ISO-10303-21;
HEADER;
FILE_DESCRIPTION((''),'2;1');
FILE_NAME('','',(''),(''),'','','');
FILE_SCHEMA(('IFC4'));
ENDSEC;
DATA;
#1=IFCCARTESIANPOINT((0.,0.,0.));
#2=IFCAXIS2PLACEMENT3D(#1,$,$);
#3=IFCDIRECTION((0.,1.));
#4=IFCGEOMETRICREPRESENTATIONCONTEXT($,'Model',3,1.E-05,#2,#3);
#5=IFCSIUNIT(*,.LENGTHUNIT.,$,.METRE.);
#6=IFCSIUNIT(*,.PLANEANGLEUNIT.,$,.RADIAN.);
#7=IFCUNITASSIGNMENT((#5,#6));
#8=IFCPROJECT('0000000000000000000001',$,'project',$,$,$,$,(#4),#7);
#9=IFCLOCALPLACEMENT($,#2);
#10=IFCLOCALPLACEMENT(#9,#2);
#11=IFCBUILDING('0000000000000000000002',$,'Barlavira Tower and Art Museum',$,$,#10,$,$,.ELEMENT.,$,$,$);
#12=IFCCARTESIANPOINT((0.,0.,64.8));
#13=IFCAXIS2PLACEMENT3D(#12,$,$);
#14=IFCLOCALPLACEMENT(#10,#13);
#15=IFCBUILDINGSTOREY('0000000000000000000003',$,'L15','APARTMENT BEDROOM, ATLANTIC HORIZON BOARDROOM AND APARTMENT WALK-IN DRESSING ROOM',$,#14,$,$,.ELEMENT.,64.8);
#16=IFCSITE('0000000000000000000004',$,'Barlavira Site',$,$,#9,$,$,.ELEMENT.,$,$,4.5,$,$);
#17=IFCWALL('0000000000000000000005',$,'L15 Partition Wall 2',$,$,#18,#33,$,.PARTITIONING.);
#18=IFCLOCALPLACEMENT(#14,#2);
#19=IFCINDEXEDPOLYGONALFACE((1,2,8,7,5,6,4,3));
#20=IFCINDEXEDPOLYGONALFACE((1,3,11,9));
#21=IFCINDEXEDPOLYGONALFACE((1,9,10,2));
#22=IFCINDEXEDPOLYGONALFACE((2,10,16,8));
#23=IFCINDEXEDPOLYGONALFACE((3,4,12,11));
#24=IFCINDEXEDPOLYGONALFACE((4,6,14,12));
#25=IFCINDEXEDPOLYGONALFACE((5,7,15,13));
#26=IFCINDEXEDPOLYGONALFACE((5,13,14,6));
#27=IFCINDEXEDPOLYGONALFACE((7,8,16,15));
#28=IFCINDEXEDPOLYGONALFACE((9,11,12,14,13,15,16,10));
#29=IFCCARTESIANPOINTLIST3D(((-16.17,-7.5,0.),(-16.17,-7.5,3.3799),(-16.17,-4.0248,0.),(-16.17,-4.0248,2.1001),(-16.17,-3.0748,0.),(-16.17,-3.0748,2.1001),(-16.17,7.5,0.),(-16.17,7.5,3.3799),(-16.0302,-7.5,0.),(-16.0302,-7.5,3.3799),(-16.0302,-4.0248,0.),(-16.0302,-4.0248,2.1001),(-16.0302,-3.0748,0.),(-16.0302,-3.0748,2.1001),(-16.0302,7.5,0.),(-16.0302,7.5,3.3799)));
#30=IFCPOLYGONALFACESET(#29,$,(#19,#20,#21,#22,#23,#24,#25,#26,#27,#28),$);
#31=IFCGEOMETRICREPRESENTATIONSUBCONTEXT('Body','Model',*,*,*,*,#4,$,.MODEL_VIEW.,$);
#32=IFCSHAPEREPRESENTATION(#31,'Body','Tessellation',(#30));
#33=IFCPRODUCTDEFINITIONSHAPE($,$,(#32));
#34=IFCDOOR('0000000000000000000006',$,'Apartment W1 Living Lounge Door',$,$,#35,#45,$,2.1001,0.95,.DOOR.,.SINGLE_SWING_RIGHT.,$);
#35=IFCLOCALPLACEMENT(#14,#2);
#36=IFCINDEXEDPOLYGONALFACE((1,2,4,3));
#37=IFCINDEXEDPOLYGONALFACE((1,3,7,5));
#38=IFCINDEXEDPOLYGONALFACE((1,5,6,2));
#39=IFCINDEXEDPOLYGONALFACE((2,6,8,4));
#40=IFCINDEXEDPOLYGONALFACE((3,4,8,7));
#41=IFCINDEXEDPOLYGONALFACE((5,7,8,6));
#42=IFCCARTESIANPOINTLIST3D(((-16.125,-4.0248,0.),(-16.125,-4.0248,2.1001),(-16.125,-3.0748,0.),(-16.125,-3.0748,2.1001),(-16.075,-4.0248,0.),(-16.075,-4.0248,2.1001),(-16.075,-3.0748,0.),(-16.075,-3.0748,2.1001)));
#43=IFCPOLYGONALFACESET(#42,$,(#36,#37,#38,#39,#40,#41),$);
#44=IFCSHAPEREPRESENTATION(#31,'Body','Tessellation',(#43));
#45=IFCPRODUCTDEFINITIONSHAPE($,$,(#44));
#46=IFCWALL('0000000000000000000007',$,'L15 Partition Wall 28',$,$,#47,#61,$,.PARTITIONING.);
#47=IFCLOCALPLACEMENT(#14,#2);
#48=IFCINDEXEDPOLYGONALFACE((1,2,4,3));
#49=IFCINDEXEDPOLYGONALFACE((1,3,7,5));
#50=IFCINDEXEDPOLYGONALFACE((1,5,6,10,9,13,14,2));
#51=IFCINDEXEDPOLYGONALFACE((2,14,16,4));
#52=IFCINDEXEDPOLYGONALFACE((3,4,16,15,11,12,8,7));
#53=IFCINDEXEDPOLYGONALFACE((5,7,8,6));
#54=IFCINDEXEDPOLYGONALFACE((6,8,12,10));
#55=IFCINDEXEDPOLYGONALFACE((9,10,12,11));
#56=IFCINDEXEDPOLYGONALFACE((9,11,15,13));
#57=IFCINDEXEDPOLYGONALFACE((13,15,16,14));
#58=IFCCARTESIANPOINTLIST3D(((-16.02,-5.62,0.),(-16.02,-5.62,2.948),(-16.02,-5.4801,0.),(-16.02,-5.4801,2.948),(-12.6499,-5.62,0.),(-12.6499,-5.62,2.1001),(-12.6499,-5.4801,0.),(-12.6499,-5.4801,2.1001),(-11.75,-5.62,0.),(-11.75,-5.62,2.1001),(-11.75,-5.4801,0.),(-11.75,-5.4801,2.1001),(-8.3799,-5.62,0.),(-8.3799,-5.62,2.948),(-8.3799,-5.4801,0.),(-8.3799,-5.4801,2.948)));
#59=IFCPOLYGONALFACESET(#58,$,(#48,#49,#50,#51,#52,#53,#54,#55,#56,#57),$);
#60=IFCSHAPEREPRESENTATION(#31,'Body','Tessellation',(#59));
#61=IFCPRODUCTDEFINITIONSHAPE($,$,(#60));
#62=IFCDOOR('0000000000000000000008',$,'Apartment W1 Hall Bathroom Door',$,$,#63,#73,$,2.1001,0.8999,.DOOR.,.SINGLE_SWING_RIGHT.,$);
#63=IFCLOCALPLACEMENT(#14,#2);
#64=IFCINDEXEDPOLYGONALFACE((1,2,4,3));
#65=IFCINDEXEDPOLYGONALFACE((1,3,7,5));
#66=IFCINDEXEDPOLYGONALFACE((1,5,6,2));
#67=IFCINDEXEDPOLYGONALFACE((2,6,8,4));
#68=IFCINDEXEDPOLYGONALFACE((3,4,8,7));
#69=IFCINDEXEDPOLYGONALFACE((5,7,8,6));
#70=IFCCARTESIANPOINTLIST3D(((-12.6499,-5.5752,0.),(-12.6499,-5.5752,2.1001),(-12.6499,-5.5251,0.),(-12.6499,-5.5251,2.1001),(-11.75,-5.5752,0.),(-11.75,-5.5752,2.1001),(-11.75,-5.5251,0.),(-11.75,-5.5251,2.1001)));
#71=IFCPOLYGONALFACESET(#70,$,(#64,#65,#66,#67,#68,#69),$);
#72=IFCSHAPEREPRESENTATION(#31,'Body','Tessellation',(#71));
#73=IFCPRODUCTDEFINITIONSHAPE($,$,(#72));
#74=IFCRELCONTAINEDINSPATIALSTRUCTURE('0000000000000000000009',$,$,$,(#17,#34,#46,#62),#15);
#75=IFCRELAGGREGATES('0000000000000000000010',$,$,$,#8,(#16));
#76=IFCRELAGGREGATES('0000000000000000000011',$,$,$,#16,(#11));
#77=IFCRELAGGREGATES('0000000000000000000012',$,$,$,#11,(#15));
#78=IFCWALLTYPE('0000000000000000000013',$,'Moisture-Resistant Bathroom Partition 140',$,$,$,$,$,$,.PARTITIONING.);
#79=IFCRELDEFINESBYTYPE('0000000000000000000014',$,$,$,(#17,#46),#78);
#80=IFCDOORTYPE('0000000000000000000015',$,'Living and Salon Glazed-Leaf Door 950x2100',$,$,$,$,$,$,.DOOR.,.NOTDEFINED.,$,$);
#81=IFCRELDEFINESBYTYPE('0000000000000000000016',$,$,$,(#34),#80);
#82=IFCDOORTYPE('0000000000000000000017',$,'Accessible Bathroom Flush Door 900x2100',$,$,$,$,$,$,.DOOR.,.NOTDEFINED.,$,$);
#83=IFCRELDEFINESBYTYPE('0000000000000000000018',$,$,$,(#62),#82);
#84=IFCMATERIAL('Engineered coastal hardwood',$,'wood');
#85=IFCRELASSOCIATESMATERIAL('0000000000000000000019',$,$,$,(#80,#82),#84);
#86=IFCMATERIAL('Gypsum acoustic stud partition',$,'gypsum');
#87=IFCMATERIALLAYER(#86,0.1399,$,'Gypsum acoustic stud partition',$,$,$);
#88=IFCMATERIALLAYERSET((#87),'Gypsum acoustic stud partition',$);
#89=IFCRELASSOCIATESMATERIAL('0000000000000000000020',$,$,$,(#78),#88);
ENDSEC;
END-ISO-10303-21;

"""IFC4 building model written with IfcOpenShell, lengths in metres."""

from ifc_helpers import new_model, si_unit, direction, frame, frame_2d, origin, place, context, subcontext, project, spatial, rectangle, extrude, material, layer, layer_set, type_object, element, fill, save


model = new_model("IFC4")

# Units and contexts
model_context = context("Model", 3, precision=1e-05, world=origin(), true_north=direction((0.0, 1.0)))
body_context = subcontext(model_context, "Body", "Model", "MODEL_VIEW")
ifc_project = project(units=[si_unit("LENGTHUNIT", "METRE"), si_unit("PLANEANGLEUNIT", "RADIAN")], contexts=[model_context])

# Site, building, storey
site_placement = place(None, origin())
site = spatial("IfcSite", under=ifc_project, at=site_placement, Name="Barlavira Site", CompositionType="ELEMENT", RefElevation=4.5)
building_placement = place(site_placement, origin())
building = spatial("IfcBuilding", under=site, at=building_placement, Name="Barlavira Tower and Art Museum", CompositionType="ELEMENT")
storey_placement = place(building_placement, frame((0.0, 0.0, 64.8)))
storey = spatial("IfcBuildingStorey", under=building, at=storey_placement, Name="L15", Description="APARTMENT BEDROOM, ATLANTIC HORIZON BOARDROOM AND APARTMENT WALK-IN DRESSING ROOM", CompositionType="ELEMENT", Elevation=64.8)

# Shared definitions
ifc_material_1 = material(Name="Gypsum acoustic stud partition", Category="gypsum")
ifc_material_2 = material(Name="Engineered coastal hardwood", Category="wood")
door_type_1 = type_object("IfcDoorType", Name="Living and Salon Glazed-Leaf Door 950x2100", OperationType="NOTDEFINED", PredefinedType="DOOR", material=ifc_material_2)

# Walls, openings, doors
ifc_layer_1 = layer(ifc_material_1, 0.1399, Name="Gypsum acoustic stud partition")
ifc_layer_set_1 = layer_set([ifc_layer_1], Name="Gypsum acoustic stud partition")
wall_type_1 = type_object("IfcWallType", Name="Moisture-Resistant Bathroom Partition 140", PredefinedType="PARTITIONING", material=ifc_layer_set_1)
wall_1_placement = place(storey_placement, frame((-16.1001, -7.5, 0.0), z_axis=(0.0, 0.0, 1.0), x_axis=(0.0, 1.0, 0.0)))
wall_1 = element("IfcWall", 1, at=wall_1_placement, inside=storey, type_object=wall_type_1, Name="L15 Partition Wall 2", PredefinedType="PARTITIONING", context=body_context, shape_type="SweptSolid", body=[
    extrude(rectangle(XDim=15.0, YDim=0.1399, at=frame_2d((7.5, 0.0))), origin(), (0.0, 0.0, 1.0), 3.3799),
])
opening_1_placement = place(wall_1_placement, frame((3.4751, 0.0, 0.0)))
opening_1 = element("IfcOpeningElement", 2, at=opening_1_placement, cuts=wall_1, PredefinedType="OPENING", context=body_context, shape_type="SweptSolid", body=[
    extrude(rectangle(XDim=0.95, YDim=2.1001, at=frame_2d((0.4751, 1.05))), frame((0.0, 0.0801, 0.0), z_axis=(0.0, -1.0, 0.0), x_axis=(1.0, 0.0, 0.0)), (0.0, 0.0, 1.0), 0.1599),
])
door_1_placement = place(opening_1_placement, origin())
door_1 = element("IfcDoor", 3, at=door_1_placement, inside=storey, type_object=door_type_1, Name="Apartment W1 Living Lounge Door", OperationType="SINGLE_SWING_RIGHT", OverallHeight=2.1001, OverallWidth=0.95, PredefinedType="DOOR", context=body_context, shape_type="SweptSolid", body=[
    extrude(rectangle(XDim=0.95, YDim=2.1001, at=frame_2d((0.4751, 1.05))), frame((0.0, 0.0249, 0.0), z_axis=(0.0, -1.0, 0.0), x_axis=(1.0, 0.0, 0.0)), (0.0, 0.0, 1.0), 0.05),
])
fill(opening_1, door_1)
wall_2_placement = place(storey_placement, frame((-16.02, -5.55, 0.0), z_axis=(0.0, 0.0, 1.0), x_axis=(1.0, 0.0, 0.0)))
wall_2 = element("IfcWall", 4, at=wall_2_placement, inside=storey, type_object=wall_type_1, Name="L15 Partition Wall 28", PredefinedType="PARTITIONING", context=body_context, shape_type="SweptSolid", body=[
    extrude(rectangle(XDim=7.6401, YDim=0.1399, at=frame_2d((3.8201, 0.0))), origin(), (0.0, 0.0, 1.0), 2.948),
])
opening_2_placement = place(wall_2_placement, frame((3.3701, 0.0, 0.0)))
opening_2 = element("IfcOpeningElement", 5, at=opening_2_placement, cuts=wall_2, PredefinedType="OPENING", context=body_context, shape_type="SweptSolid", body=[
    extrude(rectangle(XDim=0.8999, YDim=2.1001, at=frame_2d((0.45, 1.05))), frame((0.0, 0.0801, 0.0), z_axis=(0.0, -1.0, 0.0), x_axis=(1.0, 0.0, 0.0)), (0.0, 0.0, 1.0), 0.1599),
])
door_type_2 = type_object("IfcDoorType", Name="Accessible Bathroom Flush Door 900x2100", OperationType="NOTDEFINED", PredefinedType="DOOR", material=ifc_material_2)
door_2_placement = place(opening_2_placement, origin())
door_2 = element("IfcDoor", 6, at=door_2_placement, inside=storey, type_object=door_type_2, Name="Apartment W1 Hall Bathroom Door", OperationType="SINGLE_SWING_RIGHT", OverallHeight=2.1001, OverallWidth=0.8999, PredefinedType="DOOR", context=body_context, shape_type="SweptSolid", body=[
    extrude(rectangle(XDim=0.8999, YDim=2.1001, at=frame_2d((0.45, 1.05))), frame((0.0, 0.0249, 0.0), z_axis=(0.0, -1.0, 0.0), x_axis=(1.0, 0.0, 0.0)), (0.0, 0.0, 1.0), 0.05),
])
fill(opening_2, door_2)

save(model, "model.ifc")
